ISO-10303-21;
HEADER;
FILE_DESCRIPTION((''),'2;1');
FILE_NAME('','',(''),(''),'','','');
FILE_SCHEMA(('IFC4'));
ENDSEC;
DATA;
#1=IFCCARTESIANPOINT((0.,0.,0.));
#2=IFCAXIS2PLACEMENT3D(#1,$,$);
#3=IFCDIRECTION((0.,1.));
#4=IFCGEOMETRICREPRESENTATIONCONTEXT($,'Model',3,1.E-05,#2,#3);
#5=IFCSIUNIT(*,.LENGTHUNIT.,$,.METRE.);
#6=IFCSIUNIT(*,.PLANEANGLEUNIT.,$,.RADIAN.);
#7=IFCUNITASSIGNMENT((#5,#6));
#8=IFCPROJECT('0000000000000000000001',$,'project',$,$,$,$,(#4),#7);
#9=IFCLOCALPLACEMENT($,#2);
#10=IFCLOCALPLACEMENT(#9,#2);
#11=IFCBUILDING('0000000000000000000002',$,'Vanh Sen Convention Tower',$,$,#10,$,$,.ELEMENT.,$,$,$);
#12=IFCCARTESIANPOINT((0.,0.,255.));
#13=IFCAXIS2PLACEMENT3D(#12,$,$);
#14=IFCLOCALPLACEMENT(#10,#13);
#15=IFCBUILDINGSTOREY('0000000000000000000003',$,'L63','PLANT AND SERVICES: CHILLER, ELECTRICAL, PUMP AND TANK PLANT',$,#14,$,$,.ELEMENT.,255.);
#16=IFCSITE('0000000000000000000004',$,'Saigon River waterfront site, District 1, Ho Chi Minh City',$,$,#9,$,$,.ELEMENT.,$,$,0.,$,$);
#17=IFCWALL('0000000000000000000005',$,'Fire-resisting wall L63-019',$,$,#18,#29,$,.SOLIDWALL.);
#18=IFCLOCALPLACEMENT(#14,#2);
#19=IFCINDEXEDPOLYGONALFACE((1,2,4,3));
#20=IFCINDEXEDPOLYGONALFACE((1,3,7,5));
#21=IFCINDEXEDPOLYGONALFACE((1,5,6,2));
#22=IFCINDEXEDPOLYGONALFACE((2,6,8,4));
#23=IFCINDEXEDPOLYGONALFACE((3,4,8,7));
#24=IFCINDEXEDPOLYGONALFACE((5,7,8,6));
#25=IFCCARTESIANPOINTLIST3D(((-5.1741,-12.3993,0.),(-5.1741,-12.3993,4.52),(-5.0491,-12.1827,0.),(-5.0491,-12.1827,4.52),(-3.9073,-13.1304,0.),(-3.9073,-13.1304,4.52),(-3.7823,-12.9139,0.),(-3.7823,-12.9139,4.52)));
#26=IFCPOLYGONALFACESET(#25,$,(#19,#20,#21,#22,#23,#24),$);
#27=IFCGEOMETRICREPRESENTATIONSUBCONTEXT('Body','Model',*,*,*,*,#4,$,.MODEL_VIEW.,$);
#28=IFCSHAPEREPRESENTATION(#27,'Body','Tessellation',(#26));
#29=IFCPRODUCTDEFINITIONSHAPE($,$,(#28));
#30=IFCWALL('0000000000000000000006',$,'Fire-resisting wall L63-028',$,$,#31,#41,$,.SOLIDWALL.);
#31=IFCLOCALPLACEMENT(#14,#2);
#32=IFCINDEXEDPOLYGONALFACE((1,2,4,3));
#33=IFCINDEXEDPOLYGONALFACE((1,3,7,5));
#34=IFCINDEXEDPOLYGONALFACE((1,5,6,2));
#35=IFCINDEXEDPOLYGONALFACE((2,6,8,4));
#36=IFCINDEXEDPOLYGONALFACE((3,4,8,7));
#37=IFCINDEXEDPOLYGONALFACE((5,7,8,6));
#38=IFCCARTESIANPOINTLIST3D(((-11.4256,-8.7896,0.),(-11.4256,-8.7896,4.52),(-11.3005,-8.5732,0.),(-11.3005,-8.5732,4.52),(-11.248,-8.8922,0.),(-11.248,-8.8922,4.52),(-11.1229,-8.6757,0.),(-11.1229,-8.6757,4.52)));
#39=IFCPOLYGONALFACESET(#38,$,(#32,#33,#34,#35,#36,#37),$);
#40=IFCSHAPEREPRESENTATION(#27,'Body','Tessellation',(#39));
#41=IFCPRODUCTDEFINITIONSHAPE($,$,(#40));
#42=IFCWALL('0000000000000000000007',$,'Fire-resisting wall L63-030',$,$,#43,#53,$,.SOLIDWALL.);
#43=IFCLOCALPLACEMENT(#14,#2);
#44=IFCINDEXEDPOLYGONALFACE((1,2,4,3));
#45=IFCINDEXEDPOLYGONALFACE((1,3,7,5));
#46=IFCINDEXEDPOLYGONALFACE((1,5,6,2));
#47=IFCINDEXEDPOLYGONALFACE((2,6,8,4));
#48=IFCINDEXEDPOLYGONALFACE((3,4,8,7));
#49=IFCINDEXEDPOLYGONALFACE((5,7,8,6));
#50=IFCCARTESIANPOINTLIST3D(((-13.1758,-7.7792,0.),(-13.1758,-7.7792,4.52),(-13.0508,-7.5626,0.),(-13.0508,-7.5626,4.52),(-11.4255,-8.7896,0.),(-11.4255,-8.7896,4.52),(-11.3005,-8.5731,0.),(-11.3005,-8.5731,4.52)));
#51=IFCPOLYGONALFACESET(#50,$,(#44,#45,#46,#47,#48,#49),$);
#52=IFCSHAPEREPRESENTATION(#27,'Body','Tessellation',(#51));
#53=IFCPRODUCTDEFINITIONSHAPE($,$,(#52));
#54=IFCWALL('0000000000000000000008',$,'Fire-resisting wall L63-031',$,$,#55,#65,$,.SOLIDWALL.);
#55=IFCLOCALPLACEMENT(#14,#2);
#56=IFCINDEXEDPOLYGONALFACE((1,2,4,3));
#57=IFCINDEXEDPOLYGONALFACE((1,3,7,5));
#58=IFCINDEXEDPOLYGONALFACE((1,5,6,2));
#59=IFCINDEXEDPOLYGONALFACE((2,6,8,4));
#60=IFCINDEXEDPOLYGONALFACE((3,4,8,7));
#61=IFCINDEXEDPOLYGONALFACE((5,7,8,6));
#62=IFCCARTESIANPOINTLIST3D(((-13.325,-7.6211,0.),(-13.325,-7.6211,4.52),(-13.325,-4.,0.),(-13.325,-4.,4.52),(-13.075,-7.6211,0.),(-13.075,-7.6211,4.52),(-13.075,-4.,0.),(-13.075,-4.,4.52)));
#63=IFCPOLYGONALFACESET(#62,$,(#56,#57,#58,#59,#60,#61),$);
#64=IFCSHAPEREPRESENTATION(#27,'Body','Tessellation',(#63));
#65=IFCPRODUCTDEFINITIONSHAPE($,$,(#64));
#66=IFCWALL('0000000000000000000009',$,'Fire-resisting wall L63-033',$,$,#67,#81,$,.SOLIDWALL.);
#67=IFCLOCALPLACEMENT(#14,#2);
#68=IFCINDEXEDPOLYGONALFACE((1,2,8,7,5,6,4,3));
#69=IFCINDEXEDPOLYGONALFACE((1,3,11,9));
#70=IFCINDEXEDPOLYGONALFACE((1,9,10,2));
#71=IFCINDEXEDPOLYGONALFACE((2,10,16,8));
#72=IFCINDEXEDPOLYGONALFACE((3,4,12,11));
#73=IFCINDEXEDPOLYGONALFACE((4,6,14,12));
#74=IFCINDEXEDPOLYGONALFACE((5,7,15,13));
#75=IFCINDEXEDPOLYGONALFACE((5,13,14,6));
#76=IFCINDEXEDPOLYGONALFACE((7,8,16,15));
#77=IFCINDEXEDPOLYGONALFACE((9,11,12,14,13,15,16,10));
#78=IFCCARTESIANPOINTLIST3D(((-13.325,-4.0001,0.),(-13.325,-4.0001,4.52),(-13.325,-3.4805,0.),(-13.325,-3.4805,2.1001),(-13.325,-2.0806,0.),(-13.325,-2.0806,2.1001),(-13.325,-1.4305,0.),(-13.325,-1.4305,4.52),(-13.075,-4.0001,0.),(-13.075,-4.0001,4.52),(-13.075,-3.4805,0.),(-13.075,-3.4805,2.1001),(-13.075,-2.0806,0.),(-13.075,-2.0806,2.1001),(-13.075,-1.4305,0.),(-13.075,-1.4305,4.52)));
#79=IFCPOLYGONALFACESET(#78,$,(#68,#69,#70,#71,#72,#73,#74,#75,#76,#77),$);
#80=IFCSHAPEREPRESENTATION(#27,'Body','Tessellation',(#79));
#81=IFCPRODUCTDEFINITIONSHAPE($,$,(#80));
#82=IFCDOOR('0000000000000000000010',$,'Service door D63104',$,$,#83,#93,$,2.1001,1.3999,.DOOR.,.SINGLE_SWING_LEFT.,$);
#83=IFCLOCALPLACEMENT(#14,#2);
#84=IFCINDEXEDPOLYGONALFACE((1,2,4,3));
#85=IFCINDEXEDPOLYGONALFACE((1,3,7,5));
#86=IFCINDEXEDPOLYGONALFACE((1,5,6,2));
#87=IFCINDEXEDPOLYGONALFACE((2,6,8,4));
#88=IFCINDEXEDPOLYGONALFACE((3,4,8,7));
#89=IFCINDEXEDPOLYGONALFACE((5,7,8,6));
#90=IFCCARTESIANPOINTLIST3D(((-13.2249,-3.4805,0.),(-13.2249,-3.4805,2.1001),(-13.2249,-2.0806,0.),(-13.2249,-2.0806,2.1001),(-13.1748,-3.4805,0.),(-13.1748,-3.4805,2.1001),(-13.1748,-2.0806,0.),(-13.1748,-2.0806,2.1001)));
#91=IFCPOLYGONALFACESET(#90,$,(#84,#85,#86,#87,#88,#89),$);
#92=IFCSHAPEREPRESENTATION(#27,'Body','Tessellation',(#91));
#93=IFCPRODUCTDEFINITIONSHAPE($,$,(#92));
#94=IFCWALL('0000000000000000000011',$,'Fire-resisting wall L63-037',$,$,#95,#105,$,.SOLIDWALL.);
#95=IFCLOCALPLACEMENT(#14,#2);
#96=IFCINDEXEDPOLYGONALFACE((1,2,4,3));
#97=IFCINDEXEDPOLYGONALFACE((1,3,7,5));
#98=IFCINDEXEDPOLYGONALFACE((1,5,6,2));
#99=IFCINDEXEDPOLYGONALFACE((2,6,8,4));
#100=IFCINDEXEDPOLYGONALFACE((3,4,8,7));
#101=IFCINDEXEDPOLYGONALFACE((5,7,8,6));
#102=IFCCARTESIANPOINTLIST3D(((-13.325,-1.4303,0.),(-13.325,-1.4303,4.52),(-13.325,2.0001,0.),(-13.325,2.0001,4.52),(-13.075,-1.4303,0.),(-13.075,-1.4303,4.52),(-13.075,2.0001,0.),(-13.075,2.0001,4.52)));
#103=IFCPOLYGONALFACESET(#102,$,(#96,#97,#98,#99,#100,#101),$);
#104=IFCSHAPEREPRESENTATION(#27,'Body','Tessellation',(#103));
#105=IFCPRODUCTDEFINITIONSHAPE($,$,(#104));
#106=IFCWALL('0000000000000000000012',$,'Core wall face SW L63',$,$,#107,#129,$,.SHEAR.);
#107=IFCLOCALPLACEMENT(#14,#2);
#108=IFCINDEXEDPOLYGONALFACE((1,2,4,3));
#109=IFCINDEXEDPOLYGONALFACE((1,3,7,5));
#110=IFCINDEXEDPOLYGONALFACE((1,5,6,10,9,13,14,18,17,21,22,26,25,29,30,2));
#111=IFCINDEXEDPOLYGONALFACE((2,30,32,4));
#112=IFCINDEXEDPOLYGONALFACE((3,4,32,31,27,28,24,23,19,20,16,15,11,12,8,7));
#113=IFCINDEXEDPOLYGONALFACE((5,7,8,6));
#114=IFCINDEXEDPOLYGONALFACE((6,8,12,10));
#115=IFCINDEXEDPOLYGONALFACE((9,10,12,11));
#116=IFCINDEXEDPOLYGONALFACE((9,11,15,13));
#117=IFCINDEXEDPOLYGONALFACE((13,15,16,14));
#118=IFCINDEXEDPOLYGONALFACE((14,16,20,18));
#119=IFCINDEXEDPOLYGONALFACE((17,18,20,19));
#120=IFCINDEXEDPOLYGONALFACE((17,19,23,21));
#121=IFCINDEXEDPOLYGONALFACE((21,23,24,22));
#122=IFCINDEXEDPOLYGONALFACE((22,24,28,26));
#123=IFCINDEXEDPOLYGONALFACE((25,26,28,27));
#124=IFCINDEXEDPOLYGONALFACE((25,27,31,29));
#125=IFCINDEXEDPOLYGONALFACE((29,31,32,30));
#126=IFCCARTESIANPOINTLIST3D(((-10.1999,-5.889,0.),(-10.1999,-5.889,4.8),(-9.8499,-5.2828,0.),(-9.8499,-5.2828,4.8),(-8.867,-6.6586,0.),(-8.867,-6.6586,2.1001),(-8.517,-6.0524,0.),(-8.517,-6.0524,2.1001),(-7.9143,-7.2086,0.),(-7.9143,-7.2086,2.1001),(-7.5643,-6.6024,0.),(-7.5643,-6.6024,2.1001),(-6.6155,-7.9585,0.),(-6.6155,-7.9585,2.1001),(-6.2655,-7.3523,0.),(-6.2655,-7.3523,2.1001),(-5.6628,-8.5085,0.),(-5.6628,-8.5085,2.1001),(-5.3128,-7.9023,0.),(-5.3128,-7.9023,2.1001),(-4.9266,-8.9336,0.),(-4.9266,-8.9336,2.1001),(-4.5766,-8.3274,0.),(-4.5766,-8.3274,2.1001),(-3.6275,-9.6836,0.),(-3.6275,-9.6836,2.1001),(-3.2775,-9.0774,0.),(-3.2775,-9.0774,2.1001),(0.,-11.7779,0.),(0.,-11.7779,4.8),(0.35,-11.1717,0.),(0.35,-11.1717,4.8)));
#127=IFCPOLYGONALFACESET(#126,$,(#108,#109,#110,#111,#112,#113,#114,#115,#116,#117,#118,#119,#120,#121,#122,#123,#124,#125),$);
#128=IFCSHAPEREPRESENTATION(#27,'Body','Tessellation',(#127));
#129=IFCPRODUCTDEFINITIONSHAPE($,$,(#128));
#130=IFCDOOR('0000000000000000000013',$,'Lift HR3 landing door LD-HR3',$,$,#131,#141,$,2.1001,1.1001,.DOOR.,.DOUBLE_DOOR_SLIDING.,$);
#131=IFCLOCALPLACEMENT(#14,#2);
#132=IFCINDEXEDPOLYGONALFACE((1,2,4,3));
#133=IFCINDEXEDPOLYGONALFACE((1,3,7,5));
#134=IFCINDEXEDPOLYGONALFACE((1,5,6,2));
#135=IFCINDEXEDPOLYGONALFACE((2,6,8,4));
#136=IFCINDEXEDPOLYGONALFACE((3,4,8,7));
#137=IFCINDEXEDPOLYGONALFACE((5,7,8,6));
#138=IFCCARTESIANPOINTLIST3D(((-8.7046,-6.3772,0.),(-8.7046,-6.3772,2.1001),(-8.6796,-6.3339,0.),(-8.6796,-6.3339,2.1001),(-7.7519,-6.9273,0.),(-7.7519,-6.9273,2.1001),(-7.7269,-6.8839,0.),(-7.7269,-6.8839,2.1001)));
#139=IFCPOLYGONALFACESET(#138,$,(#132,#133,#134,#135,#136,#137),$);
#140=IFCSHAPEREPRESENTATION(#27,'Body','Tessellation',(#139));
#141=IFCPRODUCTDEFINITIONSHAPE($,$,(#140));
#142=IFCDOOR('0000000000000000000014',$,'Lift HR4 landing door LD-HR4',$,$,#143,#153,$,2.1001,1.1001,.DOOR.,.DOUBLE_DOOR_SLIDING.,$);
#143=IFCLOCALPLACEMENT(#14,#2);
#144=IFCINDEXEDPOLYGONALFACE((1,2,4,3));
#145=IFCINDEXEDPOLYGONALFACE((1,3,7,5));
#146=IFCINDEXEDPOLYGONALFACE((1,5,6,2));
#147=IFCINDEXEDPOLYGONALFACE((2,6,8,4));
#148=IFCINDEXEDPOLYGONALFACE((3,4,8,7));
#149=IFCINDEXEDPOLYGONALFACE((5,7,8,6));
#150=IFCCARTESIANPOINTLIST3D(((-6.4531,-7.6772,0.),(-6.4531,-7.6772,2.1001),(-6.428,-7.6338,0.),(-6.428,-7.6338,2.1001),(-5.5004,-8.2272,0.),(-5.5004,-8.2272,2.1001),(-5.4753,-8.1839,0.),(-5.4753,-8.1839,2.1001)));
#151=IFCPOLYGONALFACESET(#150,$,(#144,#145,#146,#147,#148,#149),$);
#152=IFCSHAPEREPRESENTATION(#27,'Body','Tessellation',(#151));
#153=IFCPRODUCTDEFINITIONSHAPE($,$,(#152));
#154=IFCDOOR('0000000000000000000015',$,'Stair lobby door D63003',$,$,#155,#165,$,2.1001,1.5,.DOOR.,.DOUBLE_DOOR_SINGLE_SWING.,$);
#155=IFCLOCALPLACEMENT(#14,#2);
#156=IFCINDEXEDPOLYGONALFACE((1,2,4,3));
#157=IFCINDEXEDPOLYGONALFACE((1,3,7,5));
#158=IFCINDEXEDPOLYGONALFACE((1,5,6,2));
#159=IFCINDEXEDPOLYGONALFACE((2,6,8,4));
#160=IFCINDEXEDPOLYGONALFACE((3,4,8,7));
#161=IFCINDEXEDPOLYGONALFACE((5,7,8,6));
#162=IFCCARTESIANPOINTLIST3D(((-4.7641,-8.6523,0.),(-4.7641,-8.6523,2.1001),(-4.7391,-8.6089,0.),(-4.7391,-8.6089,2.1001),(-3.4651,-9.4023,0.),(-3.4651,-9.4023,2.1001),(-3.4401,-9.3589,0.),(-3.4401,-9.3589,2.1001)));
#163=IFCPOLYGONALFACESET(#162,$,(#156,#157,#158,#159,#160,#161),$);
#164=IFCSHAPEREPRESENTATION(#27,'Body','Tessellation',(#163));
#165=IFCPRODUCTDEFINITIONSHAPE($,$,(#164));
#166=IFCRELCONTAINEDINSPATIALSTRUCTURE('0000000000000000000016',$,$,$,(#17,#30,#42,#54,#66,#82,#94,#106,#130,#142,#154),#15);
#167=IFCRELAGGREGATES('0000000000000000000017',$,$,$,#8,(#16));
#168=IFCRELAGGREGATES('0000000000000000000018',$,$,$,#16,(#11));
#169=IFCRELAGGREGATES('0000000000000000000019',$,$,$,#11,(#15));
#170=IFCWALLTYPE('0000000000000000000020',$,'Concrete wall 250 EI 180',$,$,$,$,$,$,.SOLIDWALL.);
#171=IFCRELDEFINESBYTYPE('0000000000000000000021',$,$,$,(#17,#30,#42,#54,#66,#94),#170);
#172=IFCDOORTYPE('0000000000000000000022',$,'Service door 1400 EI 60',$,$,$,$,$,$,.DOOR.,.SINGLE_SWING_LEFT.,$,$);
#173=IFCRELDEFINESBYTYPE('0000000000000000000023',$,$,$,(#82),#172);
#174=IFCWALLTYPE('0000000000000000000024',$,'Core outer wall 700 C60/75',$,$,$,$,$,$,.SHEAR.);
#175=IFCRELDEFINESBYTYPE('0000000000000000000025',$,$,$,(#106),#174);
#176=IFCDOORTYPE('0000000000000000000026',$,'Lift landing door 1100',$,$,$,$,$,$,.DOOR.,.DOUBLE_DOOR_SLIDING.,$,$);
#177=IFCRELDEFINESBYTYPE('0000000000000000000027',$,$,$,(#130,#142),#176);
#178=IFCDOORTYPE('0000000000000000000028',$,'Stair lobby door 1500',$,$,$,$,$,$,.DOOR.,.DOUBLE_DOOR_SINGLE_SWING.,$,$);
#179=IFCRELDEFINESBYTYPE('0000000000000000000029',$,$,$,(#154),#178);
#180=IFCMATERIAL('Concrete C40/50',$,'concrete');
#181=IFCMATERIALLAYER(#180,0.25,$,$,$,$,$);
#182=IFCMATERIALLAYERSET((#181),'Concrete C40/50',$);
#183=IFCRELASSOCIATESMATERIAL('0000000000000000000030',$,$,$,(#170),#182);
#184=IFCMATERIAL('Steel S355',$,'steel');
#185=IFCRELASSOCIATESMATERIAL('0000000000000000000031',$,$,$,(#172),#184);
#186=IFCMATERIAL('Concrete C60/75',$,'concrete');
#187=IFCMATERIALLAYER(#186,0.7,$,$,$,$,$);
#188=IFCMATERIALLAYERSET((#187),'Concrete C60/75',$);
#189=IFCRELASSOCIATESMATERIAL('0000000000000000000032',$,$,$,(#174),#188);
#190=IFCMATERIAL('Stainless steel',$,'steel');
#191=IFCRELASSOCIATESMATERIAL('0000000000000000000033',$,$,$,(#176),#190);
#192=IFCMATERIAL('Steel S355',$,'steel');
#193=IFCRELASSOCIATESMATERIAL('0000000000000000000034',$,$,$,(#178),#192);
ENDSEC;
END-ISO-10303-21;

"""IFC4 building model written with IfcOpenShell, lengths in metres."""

from ifc_helpers import new_model, si_unit, direction, frame, frame_2d, origin, place, context, subcontext, project, spatial, rectangle, extrude, material, layer, layer_set, type_object, element, fill, save


model = new_model("IFC4")

# Units and contexts
model_context = context("Model", 3, precision=1e-05, world=origin(), true_north=direction((0.0, 1.0)))
body_context = subcontext(model_context, "Body", "Model", "MODEL_VIEW")
ifc_project = project(units=[si_unit("LENGTHUNIT", "METRE"), si_unit("PLANEANGLEUNIT", "RADIAN")], contexts=[model_context])

# Site, building, storey
site_placement = place(None, origin())
site = spatial("IfcSite", under=ifc_project, at=site_placement, Name="Saigon River waterfront site, District 1, Ho Chi Minh City", CompositionType="ELEMENT", RefElevation=0.0)
building_placement = place(site_placement, origin())
building = spatial("IfcBuilding", under=site, at=building_placement, Name="Vanh Sen Convention Tower", CompositionType="ELEMENT")
storey_placement = place(building_placement, frame((0.0, 0.0, 255.0)))
storey = spatial("IfcBuildingStorey", under=building, at=storey_placement, Name="L63", Description="PLANT AND SERVICES: CHILLER, ELECTRICAL, PUMP AND TANK PLANT", CompositionType="ELEMENT", Elevation=255.0)

# Walls
ifc_material_1 = material(Name="Concrete C40/50", Category="concrete")
ifc_layer_1 = layer(ifc_material_1, 0.25)
ifc_layer_set_1 = layer_set([ifc_layer_1], Name="Concrete C40/50")
wall_type_1 = type_object("IfcWallType", Name="Concrete wall 250 EI 180", PredefinedType="SOLIDWALL", material=ifc_layer_set_1)
wall_1_placement = place(storey_placement, frame((-3.8447, -13.0222, 0.0), z_axis=(0.0, 0.0, 1.0), x_axis=(-0.866088, 0.499891, 0.0)))
element("IfcWall", 1, at=wall_1_placement, inside=storey, type_object=wall_type_1, Name="Fire-resisting wall L63-019", PredefinedType="SOLIDWALL", context=body_context, shape_type="SweptSolid", body=[
    extrude(rectangle(XDim=1.4626, YDim=0.25, at=frame_2d((0.7314, 0.0))), origin(), (0.0, 0.0, 1.0), 4.52),
])
wall_2_placement = place(storey_placement, frame((-11.363, -8.6814, 0.0), z_axis=(0.0, 0.0, 1.0), x_axis=(0.865888, -0.500238, 0.0)))
element("IfcWall", 2, at=wall_2_placement, inside=storey, type_object=wall_type_1, Name="Fire-resisting wall L63-028", PredefinedType="SOLIDWALL", context=body_context, shape_type="SweptSolid", body=[
    extrude(rectangle(XDim=0.2051, YDim=0.25, at=frame_2d((0.1025, 0.0))), origin(), (0.0, 0.0, 1.0), 4.52),
])
wall_3_placement = place(storey_placement, frame((-13.1133, -7.6709, 0.0), z_axis=(0.0, 0.0, 1.0), x_axis=(0.866027, -0.499998, 0.0)))
element("IfcWall", 3, at=wall_3_placement, inside=storey, type_object=wall_type_1, Name="Fire-resisting wall L63-030", PredefinedType="SOLIDWALL", context=body_context, shape_type="SweptSolid", body=[
    extrude(rectangle(XDim=2.021, YDim=0.25, at=frame_2d((1.0105, 0.0))), origin(), (0.0, 0.0, 1.0), 4.52),
])
wall_4_placement = place(storey_placement, frame((-13.2, -7.6211, 0.0), z_axis=(0.0, 0.0, 1.0), x_axis=(0.0, 1.0, 0.0)))
element("IfcWall", 4, at=wall_4_placement, inside=storey, type_object=wall_type_1, Name="Fire-resisting wall L63-031", PredefinedType="SOLIDWALL", context=body_context, shape_type="SweptSolid", body=[
    extrude(rectangle(XDim=3.6211, YDim=0.25, at=frame_2d((1.8105, 0.0))), origin(), (0.0, 0.0, 1.0), 4.52),
])

# Wall, opening, door
wall_5_placement = place(storey_placement, frame((-13.2, -4.0, 0.0), z_axis=(0.0, 0.0, 1.0), x_axis=(0.0, 1.0, 0.0)))
wall_5 = element("IfcWall", 5, at=wall_5_placement, inside=storey, type_object=wall_type_1, Name="Fire-resisting wall L63-033", PredefinedType="SOLIDWALL", context=body_context, shape_type="SweptSolid", body=[
    extrude(rectangle(XDim=2.5696, YDim=0.25, at=frame_2d((1.2847, 0.0))), origin(), (0.0, 0.0, 1.0), 4.52),
])
opening_1_placement = place(wall_5_placement, frame((0.5195, 0.0, 0.0)))
opening_1 = element("IfcOpeningElement", 6, at=opening_1_placement, cuts=wall_5, PredefinedType="OPENING", context=body_context, shape_type="SweptSolid", body=[
    extrude(rectangle(XDim=1.3999, YDim=2.1001, at=frame_2d((0.7, 1.05))), frame((0.0, 0.135, 0.0), z_axis=(0.0, -1.0, 0.0), x_axis=(1.0, 0.0, 0.0)), (0.0, 0.0, 1.0), 0.27),
])
ifc_material_2 = material(Name="Steel S355", Category="steel")
door_type_1 = type_object("IfcDoorType", Name="Service door 1400 EI 60", OperationType="SINGLE_SWING_LEFT", PredefinedType="DOOR", material=ifc_material_2)
door_1_placement = place(opening_1_placement, origin())
door_1 = element("IfcDoor", 7, at=door_1_placement, inside=storey, type_object=door_type_1, Name="Service door D63104", OperationType="SINGLE_SWING_LEFT", OverallHeight=2.1001, OverallWidth=1.3999, PredefinedType="DOOR", context=body_context, shape_type="SweptSolid", body=[
    extrude(rectangle(XDim=1.3999, YDim=2.1001, at=frame_2d((0.7, 1.05))), frame((0.0, 0.0249, 0.0), z_axis=(0.0, -1.0, 0.0), x_axis=(1.0, 0.0, 0.0)), (0.0, 0.0, 1.0), 0.05),
])
fill(opening_1, door_1)

# Wall
wall_6_placement = place(storey_placement, frame((-13.2, -1.4304, 0.0), z_axis=(0.0, 0.0, 1.0), x_axis=(0.0, 1.0, 0.0)))
element("IfcWall", 8, at=wall_6_placement, inside=storey, type_object=wall_type_1, Name="Fire-resisting wall L63-037", PredefinedType="SOLIDWALL", context=body_context, shape_type="SweptSolid", body=[
    extrude(rectangle(XDim=3.4304, YDim=0.25, at=frame_2d((1.7153, 0.0))), origin(), (0.0, 0.0, 1.0), 4.52),
])

# Wall, openings, doors
ifc_material_3 = material(Name="Concrete C60/75", Category="concrete")
ifc_layer_2 = layer(ifc_material_3, 0.7)
ifc_layer_set_2 = layer_set([ifc_layer_2], Name="Concrete C60/75")
wall_type_2 = type_object("IfcWallType", Name="Core outer wall 700 C60/75", PredefinedType="SHEAR", material=ifc_layer_set_2)
wall_7_placement = place(storey_placement, frame((-10.0249, -5.5859, 0.0), z_axis=(0.0, 0.0, 1.0), x_axis=(0.866026, -0.499998, 0.0)))
wall_7 = element("IfcWall", 9, at=wall_7_placement, inside=storey, type_object=wall_type_2, Name="Core wall face SW L63", PredefinedType="SHEAR", context=body_context, shape_type="SweptSolid", body=[
    extrude(rectangle(XDim=11.7778, YDim=0.7, at=frame_2d((5.8889, 0.0))), origin(), (0.0, 0.0, 1.0), 4.8),
])
opening_2_placement = place(wall_7_placement, frame((6.0891, 0.0, 0.0)))
opening_2 = element("IfcOpeningElement", 10, at=opening_2_placement, cuts=wall_7, PredefinedType="OPENING", context=body_context, shape_type="SweptSolid", body=[
    extrude(rectangle(XDim=1.5, YDim=2.1001, at=frame_2d((0.75, 1.05))), frame((0.0, 0.3599, 0.0), z_axis=(0.0, -1.0, 0.0), x_axis=(1.0, 0.0, 0.0)), (0.0, 0.0, 1.0), 0.72),
])
opening_3_placement = place(wall_7_placement, frame((1.5391, 0.0, 0.0)))
opening_3 = element("IfcOpeningElement", 11, at=opening_3_placement, cuts=wall_7, PredefinedType="OPENING", context=body_context, shape_type="SweptSolid", body=[
    extrude(rectangle(XDim=1.1001, YDim=2.1001, at=frame_2d((0.55, 1.05))), frame((0.0, 0.3599, 0.0), z_axis=(0.0, -1.0, 0.0), x_axis=(1.0, 0.0, 0.0)), (0.0, 0.0, 1.0), 0.72),
])
opening_4_placement = place(wall_7_placement, frame((4.1389, 0.0, 0.0)))
opening_4 = element("IfcOpeningElement", 12, at=opening_4_placement, cuts=wall_7, PredefinedType="OPENING", context=body_context, shape_type="SweptSolid", body=[
    extrude(rectangle(XDim=1.1001, YDim=2.1001, at=frame_2d((0.55, 1.05))), frame((0.0, 0.3599, 0.0), z_axis=(0.0, -1.0, 0.0), x_axis=(1.0, 0.0, 0.0)), (0.0, 0.0, 1.0), 0.72),
])
ifc_material_4 = material(Name="Stainless steel", Category="steel")
door_type_2 = type_object("IfcDoorType", Name="Lift landing door 1100", OperationType="DOUBLE_DOOR_SLIDING", PredefinedType="DOOR", material=ifc_material_4)
door_2_placement = place(opening_3_placement, origin())
door_2 = element("IfcDoor", 13, at=door_2_placement, inside=storey, type_object=door_type_2, Name="Lift HR3 landing door LD-HR3", OperationType="DOUBLE_DOOR_SLIDING", OverallHeight=2.1001, OverallWidth=1.1001, PredefinedType="DOOR", context=body_context, shape_type="SweptSolid", body=[
    extrude(rectangle(XDim=1.1001, YDim=2.1001, at=frame_2d((0.55, 1.05))), frame((0.0, 0.0249, 0.0), z_axis=(0.0, -1.0, 0.0), x_axis=(1.0, 0.0, 0.0)), (0.0, 0.0, 1.0), 0.05),
])
fill(opening_3, door_2)
door_3_placement = place(opening_4_placement, origin())
door_3 = element("IfcDoor", 14, at=door_3_placement, inside=storey, type_object=door_type_2, Name="Lift HR4 landing door LD-HR4", OperationType="DOUBLE_DOOR_SLIDING", OverallHeight=2.1001, OverallWidth=1.1001, PredefinedType="DOOR", context=body_context, shape_type="SweptSolid", body=[
    extrude(rectangle(XDim=1.1001, YDim=2.1001, at=frame_2d((0.55, 1.05))), frame((0.0, 0.0249, 0.0), z_axis=(0.0, -1.0, 0.0), x_axis=(1.0, 0.0, 0.0)), (0.0, 0.0, 1.0), 0.05),
])
fill(opening_4, door_3)
ifc_material_5 = material(Name="Steel S355", Category="steel")
door_type_3 = type_object("IfcDoorType", Name="Stair lobby door 1500", OperationType="DOUBLE_DOOR_SINGLE_SWING", PredefinedType="DOOR", material=ifc_material_5)
door_4_placement = place(opening_2_placement, origin())
door_4 = element("IfcDoor", 15, at=door_4_placement, inside=storey, type_object=door_type_3, Name="Stair lobby door D63003", OperationType="DOUBLE_DOOR_SINGLE_SWING", OverallHeight=2.1001, OverallWidth=1.5, PredefinedType="DOOR", context=body_context, shape_type="SweptSolid", body=[
    extrude(rectangle(XDim=1.5, YDim=2.1001, at=frame_2d((0.75, 1.05))), frame((0.0, 0.0249, 0.0), z_axis=(0.0, -1.0, 0.0), x_axis=(1.0, 0.0, 0.0)), (0.0, 0.0, 1.0), 0.05),
])
fill(opening_2, door_4)

save(model, "model.ifc")
